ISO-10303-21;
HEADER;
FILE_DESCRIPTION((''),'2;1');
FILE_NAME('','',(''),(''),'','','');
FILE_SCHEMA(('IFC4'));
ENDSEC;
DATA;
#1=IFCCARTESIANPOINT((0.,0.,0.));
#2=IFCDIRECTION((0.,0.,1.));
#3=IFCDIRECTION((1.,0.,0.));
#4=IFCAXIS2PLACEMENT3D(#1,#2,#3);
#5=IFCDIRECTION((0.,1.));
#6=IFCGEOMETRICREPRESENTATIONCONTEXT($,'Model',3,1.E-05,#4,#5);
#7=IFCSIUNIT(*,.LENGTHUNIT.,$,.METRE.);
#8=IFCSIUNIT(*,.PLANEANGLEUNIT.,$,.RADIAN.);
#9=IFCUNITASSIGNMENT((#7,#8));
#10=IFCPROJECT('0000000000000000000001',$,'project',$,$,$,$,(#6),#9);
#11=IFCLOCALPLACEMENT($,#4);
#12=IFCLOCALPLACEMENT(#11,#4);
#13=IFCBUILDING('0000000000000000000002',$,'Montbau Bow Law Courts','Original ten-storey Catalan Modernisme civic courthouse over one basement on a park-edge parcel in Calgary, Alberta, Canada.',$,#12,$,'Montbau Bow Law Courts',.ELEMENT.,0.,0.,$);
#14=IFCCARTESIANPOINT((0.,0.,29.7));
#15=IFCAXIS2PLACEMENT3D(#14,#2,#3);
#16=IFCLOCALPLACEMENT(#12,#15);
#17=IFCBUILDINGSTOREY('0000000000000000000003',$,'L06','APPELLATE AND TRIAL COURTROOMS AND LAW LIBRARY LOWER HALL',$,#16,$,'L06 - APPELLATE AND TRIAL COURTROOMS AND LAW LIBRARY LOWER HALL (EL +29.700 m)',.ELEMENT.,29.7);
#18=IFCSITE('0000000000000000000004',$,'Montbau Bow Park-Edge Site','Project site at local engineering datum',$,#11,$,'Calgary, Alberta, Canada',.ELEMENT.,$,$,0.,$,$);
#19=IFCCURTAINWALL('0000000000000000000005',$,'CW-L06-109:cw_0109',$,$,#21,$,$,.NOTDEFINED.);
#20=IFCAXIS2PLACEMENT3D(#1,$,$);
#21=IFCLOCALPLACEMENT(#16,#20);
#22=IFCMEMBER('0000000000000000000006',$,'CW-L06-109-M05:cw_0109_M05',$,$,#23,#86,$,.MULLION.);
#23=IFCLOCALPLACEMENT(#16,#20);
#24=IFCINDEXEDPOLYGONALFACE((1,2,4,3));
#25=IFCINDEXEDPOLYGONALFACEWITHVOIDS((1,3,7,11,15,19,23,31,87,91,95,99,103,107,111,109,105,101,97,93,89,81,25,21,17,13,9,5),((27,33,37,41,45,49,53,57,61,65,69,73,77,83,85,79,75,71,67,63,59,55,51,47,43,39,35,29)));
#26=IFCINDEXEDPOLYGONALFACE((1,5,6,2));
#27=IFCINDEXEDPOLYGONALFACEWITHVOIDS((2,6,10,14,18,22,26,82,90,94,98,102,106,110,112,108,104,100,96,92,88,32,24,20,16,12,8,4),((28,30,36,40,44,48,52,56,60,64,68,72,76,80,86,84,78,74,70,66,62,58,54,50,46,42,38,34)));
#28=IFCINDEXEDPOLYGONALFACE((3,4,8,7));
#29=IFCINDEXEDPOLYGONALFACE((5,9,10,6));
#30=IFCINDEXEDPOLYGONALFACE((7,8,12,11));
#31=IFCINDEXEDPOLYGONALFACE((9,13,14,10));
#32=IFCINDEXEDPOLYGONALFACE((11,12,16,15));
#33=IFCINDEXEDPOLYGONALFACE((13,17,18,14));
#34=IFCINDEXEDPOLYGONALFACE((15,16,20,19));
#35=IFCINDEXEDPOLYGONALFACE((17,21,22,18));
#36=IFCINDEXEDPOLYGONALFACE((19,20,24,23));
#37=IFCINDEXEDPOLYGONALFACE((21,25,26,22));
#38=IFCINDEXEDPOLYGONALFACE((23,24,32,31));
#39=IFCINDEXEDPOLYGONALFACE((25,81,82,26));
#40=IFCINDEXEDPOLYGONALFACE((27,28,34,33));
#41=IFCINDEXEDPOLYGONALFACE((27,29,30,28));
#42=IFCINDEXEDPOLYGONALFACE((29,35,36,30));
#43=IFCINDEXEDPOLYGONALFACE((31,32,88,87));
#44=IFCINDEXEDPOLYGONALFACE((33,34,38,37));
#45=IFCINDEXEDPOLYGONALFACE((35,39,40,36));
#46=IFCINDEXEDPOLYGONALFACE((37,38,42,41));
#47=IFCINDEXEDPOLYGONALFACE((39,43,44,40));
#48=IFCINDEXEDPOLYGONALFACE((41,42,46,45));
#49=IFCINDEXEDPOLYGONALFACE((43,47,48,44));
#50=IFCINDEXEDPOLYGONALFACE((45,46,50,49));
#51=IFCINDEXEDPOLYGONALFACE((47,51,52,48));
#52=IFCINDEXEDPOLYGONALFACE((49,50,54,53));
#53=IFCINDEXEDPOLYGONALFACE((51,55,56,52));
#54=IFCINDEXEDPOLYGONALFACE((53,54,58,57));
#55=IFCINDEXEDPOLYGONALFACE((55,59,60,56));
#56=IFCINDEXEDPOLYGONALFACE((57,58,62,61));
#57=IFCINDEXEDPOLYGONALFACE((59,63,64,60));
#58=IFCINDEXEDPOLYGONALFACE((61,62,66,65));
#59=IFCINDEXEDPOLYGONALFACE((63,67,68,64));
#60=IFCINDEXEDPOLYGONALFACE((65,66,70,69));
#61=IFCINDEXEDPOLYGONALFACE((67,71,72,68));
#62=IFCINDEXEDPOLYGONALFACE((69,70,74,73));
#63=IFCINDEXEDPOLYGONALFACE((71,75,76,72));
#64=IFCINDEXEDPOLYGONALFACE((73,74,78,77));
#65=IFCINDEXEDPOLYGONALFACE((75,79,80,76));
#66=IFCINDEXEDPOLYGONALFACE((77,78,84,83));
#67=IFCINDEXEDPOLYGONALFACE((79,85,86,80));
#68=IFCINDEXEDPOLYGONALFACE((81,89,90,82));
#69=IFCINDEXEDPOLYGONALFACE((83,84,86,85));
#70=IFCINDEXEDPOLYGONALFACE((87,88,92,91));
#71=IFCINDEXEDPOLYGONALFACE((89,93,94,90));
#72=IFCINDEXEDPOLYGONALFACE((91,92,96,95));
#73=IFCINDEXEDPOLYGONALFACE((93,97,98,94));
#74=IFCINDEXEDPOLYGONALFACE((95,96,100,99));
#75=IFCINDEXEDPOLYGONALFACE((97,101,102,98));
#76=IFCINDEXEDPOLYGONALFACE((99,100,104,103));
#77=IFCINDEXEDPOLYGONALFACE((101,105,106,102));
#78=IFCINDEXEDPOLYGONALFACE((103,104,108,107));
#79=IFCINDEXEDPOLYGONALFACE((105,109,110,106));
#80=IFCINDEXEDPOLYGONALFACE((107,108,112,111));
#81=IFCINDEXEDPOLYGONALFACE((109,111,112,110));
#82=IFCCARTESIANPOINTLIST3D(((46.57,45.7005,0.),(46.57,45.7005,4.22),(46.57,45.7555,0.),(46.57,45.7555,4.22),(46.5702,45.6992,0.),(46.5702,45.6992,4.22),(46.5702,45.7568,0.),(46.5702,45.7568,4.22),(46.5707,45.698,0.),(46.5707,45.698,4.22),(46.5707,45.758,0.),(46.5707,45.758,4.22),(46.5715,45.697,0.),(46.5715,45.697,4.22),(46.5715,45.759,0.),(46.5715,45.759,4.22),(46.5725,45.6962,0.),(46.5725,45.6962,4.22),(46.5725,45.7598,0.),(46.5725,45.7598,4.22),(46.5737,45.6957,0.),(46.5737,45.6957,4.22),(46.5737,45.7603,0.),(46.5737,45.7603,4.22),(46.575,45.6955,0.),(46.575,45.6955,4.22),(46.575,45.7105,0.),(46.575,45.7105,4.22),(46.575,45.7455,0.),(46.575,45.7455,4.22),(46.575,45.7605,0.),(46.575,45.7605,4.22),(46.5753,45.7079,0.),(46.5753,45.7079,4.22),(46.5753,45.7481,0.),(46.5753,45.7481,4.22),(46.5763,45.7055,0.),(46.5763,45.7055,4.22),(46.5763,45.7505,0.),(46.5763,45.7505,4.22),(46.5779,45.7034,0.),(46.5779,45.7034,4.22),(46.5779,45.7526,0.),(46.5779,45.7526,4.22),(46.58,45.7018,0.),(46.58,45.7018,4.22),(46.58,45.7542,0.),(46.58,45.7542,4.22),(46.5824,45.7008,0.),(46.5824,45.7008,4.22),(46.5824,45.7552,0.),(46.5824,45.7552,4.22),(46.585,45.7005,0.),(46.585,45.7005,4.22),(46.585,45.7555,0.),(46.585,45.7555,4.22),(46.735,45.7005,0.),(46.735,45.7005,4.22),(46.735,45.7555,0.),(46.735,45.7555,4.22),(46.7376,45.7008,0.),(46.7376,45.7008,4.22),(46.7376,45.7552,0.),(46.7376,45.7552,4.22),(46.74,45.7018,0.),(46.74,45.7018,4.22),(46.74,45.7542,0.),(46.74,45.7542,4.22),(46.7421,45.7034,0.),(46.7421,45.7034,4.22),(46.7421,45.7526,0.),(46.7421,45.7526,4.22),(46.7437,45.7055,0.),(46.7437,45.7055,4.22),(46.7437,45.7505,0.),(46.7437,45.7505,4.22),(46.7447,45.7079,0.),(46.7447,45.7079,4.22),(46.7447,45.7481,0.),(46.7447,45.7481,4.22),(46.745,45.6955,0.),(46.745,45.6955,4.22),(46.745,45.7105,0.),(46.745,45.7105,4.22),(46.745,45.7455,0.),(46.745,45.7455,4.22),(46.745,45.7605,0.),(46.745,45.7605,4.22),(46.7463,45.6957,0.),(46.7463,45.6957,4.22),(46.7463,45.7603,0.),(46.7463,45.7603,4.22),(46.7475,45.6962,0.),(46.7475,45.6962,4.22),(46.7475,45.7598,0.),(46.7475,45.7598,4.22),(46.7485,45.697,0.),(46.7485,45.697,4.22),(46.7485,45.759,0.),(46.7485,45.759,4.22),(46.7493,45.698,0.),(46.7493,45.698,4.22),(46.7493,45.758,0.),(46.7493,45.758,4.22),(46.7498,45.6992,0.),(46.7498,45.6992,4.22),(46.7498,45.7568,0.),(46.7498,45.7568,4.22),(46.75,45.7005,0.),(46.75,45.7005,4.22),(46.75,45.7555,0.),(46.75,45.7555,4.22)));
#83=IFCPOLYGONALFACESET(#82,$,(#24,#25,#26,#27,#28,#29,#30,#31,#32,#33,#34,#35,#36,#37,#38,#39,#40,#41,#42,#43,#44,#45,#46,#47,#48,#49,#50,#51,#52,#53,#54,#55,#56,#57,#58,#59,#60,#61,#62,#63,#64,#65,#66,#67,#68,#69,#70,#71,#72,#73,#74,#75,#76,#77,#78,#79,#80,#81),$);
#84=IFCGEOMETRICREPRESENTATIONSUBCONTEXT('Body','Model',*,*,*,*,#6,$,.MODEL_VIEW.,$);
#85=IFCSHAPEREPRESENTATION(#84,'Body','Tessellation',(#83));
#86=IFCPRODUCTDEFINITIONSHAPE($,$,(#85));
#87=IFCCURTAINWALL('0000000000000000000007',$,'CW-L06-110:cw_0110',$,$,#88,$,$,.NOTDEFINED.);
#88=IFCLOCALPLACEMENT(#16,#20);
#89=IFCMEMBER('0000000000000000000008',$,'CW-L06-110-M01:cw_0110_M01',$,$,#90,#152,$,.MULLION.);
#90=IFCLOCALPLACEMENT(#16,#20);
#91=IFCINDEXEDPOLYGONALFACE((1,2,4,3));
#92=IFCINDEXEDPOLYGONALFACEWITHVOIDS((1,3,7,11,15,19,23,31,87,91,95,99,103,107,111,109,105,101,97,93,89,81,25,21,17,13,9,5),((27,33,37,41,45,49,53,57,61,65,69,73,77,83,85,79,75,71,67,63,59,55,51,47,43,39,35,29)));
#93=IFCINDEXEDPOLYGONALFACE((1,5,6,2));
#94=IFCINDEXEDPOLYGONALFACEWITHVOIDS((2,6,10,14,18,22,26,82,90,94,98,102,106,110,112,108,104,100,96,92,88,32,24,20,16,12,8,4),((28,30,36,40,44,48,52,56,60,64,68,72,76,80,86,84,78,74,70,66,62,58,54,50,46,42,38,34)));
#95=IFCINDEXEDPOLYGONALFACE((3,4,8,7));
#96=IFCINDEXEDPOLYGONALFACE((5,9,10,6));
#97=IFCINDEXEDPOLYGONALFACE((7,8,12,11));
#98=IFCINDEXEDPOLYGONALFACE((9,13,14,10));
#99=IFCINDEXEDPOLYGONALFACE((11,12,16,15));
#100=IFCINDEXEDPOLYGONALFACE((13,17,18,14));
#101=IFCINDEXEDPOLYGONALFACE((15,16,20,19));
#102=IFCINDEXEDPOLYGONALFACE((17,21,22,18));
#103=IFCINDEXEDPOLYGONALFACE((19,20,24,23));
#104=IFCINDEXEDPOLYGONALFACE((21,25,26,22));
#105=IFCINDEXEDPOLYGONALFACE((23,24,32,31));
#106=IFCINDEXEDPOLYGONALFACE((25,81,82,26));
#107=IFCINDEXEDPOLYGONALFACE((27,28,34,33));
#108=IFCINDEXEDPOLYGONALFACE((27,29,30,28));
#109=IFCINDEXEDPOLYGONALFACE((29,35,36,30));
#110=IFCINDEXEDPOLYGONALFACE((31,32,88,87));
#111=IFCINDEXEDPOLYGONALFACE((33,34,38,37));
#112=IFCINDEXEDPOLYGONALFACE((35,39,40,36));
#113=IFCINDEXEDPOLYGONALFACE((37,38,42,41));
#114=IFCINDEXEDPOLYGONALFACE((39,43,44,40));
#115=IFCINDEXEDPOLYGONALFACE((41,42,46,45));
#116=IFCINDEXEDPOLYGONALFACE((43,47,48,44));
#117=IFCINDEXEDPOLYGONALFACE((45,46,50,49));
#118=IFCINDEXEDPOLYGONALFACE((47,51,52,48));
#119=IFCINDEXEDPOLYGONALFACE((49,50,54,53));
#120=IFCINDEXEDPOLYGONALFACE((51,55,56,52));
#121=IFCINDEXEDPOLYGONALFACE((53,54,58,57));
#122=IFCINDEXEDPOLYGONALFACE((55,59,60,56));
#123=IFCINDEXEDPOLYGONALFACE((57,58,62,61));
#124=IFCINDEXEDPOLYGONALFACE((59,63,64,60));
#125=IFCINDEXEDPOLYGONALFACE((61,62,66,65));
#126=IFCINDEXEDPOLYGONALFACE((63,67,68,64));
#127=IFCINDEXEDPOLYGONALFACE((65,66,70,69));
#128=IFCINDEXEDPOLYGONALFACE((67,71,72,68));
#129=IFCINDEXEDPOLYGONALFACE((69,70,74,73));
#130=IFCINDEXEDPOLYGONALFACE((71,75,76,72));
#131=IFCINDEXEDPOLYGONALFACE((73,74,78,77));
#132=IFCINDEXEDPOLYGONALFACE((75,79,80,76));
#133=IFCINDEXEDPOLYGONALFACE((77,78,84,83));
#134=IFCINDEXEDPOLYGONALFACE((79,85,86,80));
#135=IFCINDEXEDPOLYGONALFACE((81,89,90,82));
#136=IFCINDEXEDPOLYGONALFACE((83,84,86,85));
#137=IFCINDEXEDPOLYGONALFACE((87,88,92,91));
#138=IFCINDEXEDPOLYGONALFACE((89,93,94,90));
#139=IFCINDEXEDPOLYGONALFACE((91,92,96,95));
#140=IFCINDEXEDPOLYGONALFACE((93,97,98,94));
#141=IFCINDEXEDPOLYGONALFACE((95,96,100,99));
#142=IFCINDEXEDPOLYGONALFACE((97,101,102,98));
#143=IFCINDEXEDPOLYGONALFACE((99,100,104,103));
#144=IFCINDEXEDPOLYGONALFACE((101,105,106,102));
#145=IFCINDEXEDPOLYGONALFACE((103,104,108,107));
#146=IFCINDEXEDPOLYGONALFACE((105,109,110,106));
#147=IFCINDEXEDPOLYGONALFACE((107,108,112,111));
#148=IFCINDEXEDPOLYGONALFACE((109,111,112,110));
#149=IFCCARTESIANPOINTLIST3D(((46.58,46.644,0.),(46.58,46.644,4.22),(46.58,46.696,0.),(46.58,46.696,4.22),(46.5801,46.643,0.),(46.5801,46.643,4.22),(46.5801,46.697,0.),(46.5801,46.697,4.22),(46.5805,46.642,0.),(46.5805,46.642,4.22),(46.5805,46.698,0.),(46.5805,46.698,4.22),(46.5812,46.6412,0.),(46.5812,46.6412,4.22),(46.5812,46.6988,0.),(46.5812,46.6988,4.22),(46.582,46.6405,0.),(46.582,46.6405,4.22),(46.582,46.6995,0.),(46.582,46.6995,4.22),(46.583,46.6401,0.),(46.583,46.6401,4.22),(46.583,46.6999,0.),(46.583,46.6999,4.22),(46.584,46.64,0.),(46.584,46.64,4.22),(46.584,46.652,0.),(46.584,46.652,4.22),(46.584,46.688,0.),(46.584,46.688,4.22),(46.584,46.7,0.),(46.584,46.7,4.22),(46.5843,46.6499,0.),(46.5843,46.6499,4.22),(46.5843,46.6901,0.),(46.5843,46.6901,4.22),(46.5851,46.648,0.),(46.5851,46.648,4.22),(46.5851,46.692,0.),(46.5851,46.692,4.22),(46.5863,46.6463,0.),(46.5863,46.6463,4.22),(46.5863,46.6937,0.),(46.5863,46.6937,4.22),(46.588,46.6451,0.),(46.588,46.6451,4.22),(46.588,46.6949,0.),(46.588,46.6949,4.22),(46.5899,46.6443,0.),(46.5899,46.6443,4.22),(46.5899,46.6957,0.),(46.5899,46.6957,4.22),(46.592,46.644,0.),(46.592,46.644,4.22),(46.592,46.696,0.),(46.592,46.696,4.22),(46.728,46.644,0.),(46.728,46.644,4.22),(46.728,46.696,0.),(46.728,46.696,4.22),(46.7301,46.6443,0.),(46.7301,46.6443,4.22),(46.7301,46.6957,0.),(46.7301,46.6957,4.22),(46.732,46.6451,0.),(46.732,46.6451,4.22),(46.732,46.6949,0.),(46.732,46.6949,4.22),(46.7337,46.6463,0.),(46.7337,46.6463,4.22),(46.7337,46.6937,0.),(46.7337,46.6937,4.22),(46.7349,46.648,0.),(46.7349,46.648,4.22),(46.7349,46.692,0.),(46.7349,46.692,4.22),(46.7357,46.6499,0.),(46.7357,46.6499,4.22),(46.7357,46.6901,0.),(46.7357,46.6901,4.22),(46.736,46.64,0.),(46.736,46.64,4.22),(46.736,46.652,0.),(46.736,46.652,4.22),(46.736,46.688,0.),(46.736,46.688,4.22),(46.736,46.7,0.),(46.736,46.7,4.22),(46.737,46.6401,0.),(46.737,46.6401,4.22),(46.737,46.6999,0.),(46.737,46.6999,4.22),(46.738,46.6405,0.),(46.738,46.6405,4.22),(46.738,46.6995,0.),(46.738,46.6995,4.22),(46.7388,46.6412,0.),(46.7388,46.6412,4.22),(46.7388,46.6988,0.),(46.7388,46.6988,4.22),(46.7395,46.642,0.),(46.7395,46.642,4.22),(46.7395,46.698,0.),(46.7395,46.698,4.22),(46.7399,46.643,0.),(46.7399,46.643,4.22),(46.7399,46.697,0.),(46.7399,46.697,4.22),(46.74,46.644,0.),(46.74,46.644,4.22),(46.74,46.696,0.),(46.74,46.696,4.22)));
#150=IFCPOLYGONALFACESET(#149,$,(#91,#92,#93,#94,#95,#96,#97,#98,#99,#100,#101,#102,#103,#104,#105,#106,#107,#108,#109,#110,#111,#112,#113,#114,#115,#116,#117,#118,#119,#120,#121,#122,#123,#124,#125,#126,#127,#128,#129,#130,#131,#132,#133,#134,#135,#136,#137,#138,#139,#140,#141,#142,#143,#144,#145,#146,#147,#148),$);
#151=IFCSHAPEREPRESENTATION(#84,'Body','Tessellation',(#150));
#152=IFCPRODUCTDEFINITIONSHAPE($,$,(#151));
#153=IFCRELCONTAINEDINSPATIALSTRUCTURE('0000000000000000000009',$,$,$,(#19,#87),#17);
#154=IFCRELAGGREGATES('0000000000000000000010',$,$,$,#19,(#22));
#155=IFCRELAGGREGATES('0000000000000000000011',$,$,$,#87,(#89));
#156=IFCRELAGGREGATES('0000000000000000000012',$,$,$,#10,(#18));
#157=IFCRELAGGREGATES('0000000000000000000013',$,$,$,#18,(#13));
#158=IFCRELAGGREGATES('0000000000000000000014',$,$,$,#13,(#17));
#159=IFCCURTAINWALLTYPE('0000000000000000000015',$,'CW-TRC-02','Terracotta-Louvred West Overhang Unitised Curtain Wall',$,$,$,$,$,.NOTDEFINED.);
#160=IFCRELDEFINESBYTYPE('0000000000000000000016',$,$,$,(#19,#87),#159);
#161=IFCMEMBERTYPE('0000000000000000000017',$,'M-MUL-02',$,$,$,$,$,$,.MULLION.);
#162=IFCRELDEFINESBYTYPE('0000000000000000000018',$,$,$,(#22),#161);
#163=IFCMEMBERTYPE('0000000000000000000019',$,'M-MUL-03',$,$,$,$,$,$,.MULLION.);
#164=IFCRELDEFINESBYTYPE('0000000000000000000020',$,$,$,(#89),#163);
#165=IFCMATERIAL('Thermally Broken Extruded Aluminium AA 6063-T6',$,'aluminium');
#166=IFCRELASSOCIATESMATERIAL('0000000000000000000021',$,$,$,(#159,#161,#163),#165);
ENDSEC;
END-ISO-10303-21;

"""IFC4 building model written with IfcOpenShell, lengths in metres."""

from ifc_helpers import new_model, si_unit, direction, frame, origin_with_axes, origin_2d_with_axis, place, context, subcontext, project, spatial, hollow_rectangle, extrude, material, material_profile, profile_set, type_object, element, aggregate, save


model = new_model("IFC4")

# Units and contexts
model_context = context("Model", 3, precision=1e-05, world=origin_with_axes(), true_north=direction((0.0, 1.0)))
body_context = subcontext(model_context, "Body", "Model", "MODEL_VIEW")
ifc_project = project(units=[si_unit("LENGTHUNIT", "METRE"), si_unit("PLANEANGLEUNIT", "RADIAN")], contexts=[model_context])

# Site, building, storey
site_placement = place(None, origin_with_axes())
site = spatial("IfcSite", under=ifc_project, at=site_placement, Name="Montbau Bow Park-Edge Site", Description="Project site at local engineering datum", LongName="Calgary, Alberta, Canada", CompositionType="ELEMENT", RefElevation=0.0)
building_placement = place(site_placement, origin_with_axes())
building = spatial("IfcBuilding", under=site, at=building_placement, Name="Montbau Bow Law Courts", Description="Original ten-storey Catalan Modernisme civic courthouse over one basement on a park-edge parcel in Calgary, Alberta, Canada.", LongName="Montbau Bow Law Courts", CompositionType="ELEMENT", ElevationOfRefHeight=0.0, ElevationOfTerrain=0.0)
storey_placement = place(building_placement, frame((0.0, 0.0, 29.7), z_axis=(0.0, 0.0, 1.0), x_axis=(1.0, 0.0, 0.0)))
storey = spatial("IfcBuildingStorey", under=building, at=storey_placement, Name="L06", Description="APPELLATE AND TRIAL COURTROOMS AND LAW LIBRARY LOWER HALL", LongName="L06 - APPELLATE AND TRIAL COURTROOMS AND LAW LIBRARY LOWER HALL (EL +29.700 m)", CompositionType="ELEMENT", Elevation=29.7)

# Curtain walls, members
ifc_material_1 = material(Name="Thermally Broken Extruded Aluminium AA 6063-T6", Category="aluminium")
curtain_wall_type = type_object("IfcCurtainWallType", Name="CW-TRC-02", Description="Terracotta-Louvred West Overhang Unitised Curtain Wall", PredefinedType="NOTDEFINED", material=ifc_material_1)
curtain_wall_1_placement = place(None, frame((46.66, 39.44, 29.7), z_axis=(0.0, 0.0, 1.0), x_axis=(1.0, 0.0, 0.0)))
curtain_wall_1 = element("IfcCurtainWall", 1, at=curtain_wall_1_placement, inside=storey, type_object=curtain_wall_type, Name="CW-L06-109:cw_0109", PredefinedType="NOTDEFINED")
ifc_material_profile_1 = material_profile(ifc_material_1, hollow_rectangle(XDim=0.065, YDim=0.18, WallThickness=0.005, InnerFilletRadius=0.01, OuterFilletRadius=0.005, at=origin_2d_with_axis()), Name="CWM-180X65", Category="Main", Priority=0)
ifc_profile_set_1 = profile_set([ifc_material_profile_1], Name="Thermally Broken Extruded Aluminium AA 6063-T6")
member_type_1 = type_object("IfcMemberType", Name="M-MUL-02", PredefinedType="MULLION", material=ifc_profile_set_1)
member_1_placement = place(None, frame((46.66, 45.728, 29.7), z_axis=(0.0, 0.0, 1.0), x_axis=(0.0, 1.0, 0.0)))
member_1 = element("IfcMember", 2, at=member_1_placement, type_object=member_type_1, Name="CW-L06-109-M05:cw_0109_M05", PredefinedType="MULLION", context=body_context, shape_type="SweptSolid", body=[
    extrude(hollow_rectangle(XDim=0.065, YDim=0.18, WallThickness=0.005, InnerFilletRadius=0.01, OuterFilletRadius=0.005, at=origin_2d_with_axis()), origin_with_axes(), (0.0, 0.0, 1.0), 4.22),
])
curtain_wall_2_placement = place(None, frame((46.66, 46.64, 29.7), z_axis=(0.0, 0.0, 1.0), x_axis=(1.0, 0.0, 0.0)))
curtain_wall_2 = element("IfcCurtainWall", 3, at=curtain_wall_2_placement, inside=storey, type_object=curtain_wall_type, Name="CW-L06-110:cw_0110", PredefinedType="NOTDEFINED")
ifc_material_profile_2 = material_profile(ifc_material_1, hollow_rectangle(XDim=0.06, YDim=0.16, WallThickness=0.004, InnerFilletRadius=0.008, OuterFilletRadius=0.004, at=origin_2d_with_axis()), Name="CWM-160X60", Category="Main", Priority=0)
ifc_profile_set_2 = profile_set([ifc_material_profile_2], Name="Thermally Broken Extruded Aluminium AA 6063-T6")
member_type_2 = type_object("IfcMemberType", Name="M-MUL-03", PredefinedType="MULLION", material=ifc_profile_set_2)
member_2_placement = place(None, frame((46.66, 46.67, 29.7), z_axis=(0.0, 0.0, 1.0), x_axis=(0.0, 1.0, 0.0)))
member_2 = element("IfcMember", 4, at=member_2_placement, type_object=member_type_2, Name="CW-L06-110-M01:cw_0110_M01", PredefinedType="MULLION", context=body_context, shape_type="SweptSolid", body=[
    extrude(hollow_rectangle(XDim=0.06, YDim=0.16, WallThickness=0.004, InnerFilletRadius=0.008, OuterFilletRadius=0.004, at=origin_2d_with_axis()), origin_with_axes(), (0.0, 0.0, 1.0), 4.22),
])

aggregate(curtain_wall_1, [member_1])
aggregate(curtain_wall_2, [member_2])

save(model, "model.ifc")
